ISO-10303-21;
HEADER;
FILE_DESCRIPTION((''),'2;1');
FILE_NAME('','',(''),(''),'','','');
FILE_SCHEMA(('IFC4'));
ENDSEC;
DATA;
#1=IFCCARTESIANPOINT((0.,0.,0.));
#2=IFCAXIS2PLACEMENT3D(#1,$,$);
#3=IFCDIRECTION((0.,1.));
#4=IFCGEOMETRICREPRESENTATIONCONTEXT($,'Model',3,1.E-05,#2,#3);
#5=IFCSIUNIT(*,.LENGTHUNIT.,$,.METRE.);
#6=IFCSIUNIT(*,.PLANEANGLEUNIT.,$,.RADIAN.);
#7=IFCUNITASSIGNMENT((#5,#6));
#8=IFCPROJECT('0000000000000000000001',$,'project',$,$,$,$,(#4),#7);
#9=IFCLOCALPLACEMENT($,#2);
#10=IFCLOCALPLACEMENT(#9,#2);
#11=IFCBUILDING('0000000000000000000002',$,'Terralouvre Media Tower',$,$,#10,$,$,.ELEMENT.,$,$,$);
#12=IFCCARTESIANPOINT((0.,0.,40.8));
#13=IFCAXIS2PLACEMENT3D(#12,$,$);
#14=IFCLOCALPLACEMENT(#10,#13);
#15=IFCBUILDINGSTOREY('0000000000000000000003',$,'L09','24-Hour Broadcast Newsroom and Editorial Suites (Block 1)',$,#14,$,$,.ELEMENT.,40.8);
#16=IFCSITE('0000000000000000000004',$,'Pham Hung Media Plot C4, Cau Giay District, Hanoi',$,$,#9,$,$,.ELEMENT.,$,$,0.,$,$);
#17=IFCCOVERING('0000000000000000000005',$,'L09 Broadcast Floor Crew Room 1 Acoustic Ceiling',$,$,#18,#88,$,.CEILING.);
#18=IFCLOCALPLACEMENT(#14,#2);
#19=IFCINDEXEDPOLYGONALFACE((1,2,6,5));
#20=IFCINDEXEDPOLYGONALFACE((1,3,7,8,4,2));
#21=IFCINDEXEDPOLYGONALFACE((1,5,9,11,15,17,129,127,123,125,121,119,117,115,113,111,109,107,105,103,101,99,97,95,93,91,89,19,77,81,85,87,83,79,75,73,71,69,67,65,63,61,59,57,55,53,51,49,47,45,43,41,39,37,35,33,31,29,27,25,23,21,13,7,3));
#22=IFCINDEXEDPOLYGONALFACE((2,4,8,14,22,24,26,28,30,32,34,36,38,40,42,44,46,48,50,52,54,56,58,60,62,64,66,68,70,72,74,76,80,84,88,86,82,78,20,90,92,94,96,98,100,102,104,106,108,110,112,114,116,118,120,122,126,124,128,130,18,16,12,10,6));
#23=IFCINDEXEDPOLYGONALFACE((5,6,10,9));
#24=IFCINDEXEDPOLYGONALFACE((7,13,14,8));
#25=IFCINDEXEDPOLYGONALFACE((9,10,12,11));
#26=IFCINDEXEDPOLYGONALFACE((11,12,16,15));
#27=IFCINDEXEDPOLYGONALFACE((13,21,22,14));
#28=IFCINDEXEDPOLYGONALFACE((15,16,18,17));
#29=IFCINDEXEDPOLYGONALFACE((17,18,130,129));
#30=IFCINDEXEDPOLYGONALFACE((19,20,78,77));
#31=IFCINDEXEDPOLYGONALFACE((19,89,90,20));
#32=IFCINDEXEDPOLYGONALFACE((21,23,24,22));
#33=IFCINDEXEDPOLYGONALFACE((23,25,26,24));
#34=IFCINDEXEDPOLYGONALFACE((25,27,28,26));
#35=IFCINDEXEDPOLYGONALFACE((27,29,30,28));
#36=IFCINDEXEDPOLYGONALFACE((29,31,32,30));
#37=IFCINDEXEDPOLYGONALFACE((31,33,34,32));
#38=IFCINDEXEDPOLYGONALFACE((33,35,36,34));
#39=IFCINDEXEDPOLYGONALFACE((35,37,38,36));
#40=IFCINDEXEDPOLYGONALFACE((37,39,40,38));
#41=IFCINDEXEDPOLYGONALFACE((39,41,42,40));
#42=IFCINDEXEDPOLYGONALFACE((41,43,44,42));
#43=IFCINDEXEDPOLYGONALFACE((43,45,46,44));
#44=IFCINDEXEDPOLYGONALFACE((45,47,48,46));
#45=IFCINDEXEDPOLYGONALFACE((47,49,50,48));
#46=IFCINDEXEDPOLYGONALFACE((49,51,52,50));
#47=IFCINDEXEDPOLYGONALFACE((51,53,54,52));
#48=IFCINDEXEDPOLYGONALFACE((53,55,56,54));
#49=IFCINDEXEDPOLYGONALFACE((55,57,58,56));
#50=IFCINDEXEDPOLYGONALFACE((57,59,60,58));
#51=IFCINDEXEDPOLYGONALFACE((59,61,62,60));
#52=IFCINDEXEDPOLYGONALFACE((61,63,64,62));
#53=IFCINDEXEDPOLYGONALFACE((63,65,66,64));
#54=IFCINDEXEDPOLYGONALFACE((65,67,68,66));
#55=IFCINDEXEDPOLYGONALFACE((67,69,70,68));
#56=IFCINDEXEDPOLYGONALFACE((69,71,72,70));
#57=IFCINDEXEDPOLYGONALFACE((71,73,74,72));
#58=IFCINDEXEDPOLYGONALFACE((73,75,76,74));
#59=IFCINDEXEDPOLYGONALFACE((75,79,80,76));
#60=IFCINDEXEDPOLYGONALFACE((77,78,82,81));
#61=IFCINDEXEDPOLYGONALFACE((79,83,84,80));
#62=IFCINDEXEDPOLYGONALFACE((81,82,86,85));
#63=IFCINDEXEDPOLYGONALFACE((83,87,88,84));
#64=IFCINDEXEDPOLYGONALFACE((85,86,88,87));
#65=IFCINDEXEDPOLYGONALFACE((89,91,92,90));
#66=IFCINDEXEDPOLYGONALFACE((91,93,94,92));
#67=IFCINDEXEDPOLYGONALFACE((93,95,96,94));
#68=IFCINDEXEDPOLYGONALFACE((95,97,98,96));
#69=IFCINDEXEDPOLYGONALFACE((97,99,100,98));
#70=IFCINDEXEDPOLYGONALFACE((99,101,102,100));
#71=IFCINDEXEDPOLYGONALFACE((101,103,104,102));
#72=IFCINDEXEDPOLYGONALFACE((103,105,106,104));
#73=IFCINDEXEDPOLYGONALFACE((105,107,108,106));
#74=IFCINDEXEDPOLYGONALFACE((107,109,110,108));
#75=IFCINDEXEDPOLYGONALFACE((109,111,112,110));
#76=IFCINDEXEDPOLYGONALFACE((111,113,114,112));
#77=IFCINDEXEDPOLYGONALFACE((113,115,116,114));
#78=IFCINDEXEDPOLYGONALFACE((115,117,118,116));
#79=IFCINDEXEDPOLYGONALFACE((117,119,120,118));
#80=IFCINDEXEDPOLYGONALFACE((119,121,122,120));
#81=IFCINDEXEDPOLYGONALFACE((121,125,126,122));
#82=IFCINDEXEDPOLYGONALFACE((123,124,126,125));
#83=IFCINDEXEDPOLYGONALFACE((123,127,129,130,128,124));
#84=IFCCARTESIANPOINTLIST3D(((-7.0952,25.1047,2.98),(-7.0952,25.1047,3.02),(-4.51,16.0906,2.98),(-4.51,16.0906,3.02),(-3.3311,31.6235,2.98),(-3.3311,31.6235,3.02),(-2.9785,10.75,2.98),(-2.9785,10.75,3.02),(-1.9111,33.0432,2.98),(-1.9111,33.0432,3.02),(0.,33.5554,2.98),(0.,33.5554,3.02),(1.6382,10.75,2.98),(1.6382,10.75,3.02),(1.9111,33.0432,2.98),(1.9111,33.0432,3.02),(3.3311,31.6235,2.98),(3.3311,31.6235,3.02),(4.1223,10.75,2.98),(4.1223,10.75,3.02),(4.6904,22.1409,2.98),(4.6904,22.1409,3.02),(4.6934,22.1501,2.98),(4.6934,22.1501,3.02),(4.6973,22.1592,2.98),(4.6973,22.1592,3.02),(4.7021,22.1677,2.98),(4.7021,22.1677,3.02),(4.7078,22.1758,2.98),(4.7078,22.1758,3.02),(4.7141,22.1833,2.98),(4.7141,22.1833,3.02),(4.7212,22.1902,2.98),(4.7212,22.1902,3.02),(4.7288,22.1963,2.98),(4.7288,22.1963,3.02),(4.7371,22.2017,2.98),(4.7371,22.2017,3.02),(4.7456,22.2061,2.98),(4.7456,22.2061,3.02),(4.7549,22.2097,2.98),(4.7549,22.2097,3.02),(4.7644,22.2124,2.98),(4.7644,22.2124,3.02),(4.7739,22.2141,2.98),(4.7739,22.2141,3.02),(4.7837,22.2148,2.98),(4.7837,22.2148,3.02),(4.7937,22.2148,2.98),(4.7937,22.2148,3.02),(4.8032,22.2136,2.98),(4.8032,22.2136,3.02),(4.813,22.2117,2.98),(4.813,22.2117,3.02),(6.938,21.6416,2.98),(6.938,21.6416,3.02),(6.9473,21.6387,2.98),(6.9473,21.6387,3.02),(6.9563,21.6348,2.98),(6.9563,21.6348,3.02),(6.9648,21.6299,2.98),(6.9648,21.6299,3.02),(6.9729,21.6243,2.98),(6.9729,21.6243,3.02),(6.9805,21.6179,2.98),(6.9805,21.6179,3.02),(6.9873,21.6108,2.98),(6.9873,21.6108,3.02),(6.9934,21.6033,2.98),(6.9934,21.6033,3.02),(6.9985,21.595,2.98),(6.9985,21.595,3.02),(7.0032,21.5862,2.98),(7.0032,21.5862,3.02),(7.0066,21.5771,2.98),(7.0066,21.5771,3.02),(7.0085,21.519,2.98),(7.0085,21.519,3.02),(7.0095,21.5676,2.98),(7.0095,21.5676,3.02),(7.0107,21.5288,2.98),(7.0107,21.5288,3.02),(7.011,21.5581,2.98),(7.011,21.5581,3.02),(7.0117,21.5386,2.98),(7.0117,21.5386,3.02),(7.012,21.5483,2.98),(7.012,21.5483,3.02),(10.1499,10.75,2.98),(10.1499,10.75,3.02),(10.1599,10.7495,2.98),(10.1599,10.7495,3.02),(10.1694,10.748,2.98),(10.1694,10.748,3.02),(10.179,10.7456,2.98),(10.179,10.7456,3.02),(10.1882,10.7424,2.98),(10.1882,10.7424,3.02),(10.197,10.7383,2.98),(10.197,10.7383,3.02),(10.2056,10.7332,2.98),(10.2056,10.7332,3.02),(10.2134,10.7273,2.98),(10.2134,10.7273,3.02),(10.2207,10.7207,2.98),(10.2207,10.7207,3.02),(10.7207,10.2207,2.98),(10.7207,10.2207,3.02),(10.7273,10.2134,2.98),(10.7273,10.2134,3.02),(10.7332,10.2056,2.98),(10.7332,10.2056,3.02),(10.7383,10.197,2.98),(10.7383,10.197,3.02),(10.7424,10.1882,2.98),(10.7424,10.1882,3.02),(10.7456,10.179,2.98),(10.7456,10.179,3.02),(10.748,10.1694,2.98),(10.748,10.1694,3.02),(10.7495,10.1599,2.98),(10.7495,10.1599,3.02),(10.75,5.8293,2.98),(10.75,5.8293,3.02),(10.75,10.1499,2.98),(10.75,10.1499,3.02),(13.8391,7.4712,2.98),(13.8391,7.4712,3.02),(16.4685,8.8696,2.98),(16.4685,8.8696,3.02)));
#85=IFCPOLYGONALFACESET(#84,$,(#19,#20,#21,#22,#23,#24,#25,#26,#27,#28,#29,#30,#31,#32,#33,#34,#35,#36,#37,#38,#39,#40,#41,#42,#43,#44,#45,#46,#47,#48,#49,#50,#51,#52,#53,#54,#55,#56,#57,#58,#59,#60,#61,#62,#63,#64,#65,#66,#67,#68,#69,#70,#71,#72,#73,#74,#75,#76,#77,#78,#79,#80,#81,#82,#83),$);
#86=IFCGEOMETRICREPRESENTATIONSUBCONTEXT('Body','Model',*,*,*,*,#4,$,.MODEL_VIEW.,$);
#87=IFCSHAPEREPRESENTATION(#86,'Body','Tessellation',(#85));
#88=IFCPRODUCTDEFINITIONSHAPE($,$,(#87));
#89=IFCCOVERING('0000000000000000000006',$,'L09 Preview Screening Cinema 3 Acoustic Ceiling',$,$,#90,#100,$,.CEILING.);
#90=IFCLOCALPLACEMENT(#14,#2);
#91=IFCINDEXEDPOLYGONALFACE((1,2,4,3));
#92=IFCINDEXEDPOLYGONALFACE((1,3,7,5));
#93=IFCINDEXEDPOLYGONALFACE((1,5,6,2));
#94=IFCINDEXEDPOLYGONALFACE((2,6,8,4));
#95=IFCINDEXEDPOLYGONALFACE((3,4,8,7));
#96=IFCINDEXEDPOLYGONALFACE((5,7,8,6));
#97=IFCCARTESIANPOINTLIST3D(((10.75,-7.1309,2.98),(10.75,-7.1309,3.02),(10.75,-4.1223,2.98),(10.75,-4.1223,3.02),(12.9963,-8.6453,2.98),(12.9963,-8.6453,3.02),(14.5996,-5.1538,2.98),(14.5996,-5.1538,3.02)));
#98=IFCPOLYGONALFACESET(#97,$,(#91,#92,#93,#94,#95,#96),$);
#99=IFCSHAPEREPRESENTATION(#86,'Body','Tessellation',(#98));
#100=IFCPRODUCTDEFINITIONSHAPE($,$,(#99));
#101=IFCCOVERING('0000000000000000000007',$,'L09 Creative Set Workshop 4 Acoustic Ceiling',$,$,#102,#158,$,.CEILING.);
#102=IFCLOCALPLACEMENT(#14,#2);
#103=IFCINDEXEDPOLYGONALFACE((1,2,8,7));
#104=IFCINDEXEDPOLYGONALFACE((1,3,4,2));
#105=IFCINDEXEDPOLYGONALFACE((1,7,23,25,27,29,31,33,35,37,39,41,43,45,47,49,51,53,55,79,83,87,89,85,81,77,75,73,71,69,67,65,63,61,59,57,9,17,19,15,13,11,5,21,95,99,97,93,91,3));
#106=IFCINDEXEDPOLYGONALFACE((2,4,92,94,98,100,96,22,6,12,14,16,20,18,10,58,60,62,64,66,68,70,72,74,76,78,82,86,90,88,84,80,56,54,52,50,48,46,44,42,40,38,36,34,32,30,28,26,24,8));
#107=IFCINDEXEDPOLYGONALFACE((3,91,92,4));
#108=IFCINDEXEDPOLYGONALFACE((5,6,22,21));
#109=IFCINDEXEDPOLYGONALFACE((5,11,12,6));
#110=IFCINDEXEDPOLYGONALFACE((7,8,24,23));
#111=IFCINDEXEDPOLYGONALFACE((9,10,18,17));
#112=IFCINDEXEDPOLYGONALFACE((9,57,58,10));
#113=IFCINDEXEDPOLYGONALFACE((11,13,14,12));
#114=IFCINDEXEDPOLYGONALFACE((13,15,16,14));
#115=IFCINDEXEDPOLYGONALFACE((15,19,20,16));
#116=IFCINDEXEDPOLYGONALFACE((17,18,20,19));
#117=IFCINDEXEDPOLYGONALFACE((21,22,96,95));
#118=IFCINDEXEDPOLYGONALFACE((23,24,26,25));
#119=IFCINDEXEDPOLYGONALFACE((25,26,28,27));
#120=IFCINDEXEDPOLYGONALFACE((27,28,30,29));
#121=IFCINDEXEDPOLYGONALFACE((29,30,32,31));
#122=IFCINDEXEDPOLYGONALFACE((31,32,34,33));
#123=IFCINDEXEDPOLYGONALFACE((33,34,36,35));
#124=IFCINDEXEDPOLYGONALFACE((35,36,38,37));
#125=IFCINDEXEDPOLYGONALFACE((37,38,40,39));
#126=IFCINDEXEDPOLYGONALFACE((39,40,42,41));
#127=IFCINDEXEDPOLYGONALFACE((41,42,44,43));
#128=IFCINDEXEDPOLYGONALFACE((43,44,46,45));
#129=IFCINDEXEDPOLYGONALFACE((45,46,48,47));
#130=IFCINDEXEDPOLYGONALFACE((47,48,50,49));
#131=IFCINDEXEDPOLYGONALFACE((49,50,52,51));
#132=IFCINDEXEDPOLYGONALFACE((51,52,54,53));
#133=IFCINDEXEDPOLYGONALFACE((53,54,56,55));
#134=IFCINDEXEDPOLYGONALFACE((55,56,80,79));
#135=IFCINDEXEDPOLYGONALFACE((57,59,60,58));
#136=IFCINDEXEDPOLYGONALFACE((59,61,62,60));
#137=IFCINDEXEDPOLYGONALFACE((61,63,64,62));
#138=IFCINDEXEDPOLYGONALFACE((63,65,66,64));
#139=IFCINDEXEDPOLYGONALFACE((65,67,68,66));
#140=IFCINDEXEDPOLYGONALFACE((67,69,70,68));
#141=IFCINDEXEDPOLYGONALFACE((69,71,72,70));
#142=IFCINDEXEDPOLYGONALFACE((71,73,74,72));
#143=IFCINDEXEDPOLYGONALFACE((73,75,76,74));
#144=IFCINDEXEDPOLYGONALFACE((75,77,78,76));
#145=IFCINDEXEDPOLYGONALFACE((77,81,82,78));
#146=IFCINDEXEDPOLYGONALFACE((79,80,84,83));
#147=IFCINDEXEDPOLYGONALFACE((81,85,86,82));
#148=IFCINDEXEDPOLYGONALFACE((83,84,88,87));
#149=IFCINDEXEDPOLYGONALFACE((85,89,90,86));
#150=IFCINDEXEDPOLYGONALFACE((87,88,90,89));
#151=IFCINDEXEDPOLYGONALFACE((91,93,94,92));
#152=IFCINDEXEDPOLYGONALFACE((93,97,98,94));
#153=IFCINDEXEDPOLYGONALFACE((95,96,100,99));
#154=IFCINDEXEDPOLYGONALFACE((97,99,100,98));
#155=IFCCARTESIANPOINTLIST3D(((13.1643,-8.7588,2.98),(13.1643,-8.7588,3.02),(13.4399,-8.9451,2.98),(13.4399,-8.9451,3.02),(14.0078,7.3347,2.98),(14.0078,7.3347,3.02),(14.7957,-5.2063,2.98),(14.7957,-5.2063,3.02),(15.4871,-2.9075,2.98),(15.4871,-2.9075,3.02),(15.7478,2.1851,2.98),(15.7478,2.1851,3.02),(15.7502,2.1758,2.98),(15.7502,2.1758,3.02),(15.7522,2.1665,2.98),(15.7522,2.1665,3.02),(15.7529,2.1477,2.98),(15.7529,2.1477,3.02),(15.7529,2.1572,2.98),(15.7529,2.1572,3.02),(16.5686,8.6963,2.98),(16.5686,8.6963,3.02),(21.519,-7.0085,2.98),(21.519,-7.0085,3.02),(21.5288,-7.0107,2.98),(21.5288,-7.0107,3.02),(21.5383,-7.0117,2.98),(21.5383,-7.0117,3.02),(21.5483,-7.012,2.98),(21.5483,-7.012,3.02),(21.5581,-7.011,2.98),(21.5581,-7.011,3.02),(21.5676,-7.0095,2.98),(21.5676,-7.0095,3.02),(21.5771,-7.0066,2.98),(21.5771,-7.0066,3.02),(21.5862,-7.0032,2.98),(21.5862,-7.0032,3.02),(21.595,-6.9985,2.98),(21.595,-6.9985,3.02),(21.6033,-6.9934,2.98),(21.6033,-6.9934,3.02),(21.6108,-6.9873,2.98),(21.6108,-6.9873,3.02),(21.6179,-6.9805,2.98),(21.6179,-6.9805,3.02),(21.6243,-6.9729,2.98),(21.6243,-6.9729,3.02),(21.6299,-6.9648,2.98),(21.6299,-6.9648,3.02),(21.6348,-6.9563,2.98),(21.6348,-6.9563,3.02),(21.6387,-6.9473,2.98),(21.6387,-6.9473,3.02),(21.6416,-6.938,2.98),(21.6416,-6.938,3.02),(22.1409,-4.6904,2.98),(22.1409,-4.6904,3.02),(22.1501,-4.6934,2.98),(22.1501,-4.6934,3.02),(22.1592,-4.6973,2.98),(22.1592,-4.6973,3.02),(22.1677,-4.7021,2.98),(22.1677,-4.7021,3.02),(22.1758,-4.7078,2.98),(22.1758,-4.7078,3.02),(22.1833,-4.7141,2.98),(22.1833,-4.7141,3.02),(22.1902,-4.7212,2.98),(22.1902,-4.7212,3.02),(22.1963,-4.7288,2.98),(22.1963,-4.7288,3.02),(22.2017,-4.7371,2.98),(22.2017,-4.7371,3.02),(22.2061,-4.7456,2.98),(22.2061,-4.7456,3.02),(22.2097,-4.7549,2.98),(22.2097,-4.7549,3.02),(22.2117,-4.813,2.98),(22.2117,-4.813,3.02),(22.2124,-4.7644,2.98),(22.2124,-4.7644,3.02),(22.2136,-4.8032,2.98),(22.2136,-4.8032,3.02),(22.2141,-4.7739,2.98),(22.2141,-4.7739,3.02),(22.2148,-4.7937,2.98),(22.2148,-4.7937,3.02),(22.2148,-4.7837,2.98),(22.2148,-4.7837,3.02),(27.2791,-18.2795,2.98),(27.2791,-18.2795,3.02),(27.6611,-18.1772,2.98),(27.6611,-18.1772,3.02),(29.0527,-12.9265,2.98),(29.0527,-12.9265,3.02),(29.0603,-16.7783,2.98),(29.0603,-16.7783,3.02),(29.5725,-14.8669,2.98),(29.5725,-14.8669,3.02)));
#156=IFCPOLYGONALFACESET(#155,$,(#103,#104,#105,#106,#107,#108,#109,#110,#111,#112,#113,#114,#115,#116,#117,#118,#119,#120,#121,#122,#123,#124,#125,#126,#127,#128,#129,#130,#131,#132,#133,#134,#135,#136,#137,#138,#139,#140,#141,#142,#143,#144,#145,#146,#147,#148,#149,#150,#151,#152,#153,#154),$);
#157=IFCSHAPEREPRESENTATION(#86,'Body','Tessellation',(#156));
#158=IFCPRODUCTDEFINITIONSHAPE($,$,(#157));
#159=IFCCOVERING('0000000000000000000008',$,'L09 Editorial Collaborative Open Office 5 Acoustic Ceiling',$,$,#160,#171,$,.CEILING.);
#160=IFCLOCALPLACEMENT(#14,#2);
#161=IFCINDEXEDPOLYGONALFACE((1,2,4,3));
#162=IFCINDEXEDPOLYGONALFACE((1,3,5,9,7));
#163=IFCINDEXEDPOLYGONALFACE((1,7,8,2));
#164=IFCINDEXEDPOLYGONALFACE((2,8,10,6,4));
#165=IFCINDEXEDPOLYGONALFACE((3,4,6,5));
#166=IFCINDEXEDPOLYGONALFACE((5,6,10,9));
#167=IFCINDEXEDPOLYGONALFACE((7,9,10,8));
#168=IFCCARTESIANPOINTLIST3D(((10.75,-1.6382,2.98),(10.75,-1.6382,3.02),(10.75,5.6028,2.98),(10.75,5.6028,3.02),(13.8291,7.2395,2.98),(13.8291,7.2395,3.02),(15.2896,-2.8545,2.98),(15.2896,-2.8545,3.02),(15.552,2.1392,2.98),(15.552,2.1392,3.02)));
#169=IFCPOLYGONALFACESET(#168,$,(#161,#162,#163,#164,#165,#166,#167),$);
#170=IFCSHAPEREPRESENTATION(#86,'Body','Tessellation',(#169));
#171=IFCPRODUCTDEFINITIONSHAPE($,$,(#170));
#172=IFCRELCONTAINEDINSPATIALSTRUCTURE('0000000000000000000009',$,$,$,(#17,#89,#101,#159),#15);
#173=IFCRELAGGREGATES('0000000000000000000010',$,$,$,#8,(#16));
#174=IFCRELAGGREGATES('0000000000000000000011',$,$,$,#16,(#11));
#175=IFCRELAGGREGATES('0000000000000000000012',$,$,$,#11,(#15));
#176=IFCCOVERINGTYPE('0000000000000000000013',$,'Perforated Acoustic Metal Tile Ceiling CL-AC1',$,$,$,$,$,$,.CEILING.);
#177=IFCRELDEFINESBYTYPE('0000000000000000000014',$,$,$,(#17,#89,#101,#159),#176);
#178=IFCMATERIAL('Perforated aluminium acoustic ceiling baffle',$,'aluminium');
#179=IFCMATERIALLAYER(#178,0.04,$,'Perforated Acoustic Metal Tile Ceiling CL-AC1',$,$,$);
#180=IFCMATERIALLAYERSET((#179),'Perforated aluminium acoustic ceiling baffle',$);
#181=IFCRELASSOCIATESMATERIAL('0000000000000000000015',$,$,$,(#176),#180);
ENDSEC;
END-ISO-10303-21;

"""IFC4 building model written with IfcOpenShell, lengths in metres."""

from ifc_helpers import new_model, si_unit, direction, frame, origin, place, context, subcontext, project, spatial, polyline, outline, extrude, material, layer, layer_set, type_object, element, save


model = new_model("IFC4")

# Units and contexts
model_context = context("Model", 3, precision=1e-05, world=origin(), true_north=direction((0.0, 1.0)))
body_context = subcontext(model_context, "Body", "Model", "MODEL_VIEW")
ifc_project = project(units=[si_unit("LENGTHUNIT", "METRE"), si_unit("PLANEANGLEUNIT", "RADIAN")], contexts=[model_context])

# Site, building, storey
site_placement = place(None, origin())
site = spatial("IfcSite", under=ifc_project, at=site_placement, Name="Pham Hung Media Plot C4, Cau Giay District, Hanoi", CompositionType="ELEMENT", RefElevation=0.0)
building_placement = place(site_placement, origin())
building = spatial("IfcBuilding", under=site, at=building_placement, Name="Terralouvre Media Tower", CompositionType="ELEMENT")
storey_placement = place(building_placement, frame((0.0, 0.0, 40.8)))
storey = spatial("IfcBuildingStorey", under=building, at=storey_placement, Name="L09", Description="24-Hour Broadcast Newsroom and Editorial Suites (Block 1)", CompositionType="ELEMENT", Elevation=40.8)

# Coverings
ifc_material_1 = material(Name="Perforated aluminium acoustic ceiling baffle", Category="aluminium")
ifc_layer_1 = layer(ifc_material_1, 0.04, Name="Perforated Acoustic Metal Tile Ceiling CL-AC1")
ifc_layer_set_1 = layer_set([ifc_layer_1], Name="Perforated aluminium acoustic ceiling baffle")
covering_type_1 = type_object("IfcCoveringType", Name="Perforated Acoustic Metal Tile Ceiling CL-AC1", PredefinedType="CEILING", material=ifc_layer_set_1)
covering_1_placement = place(storey_placement, frame((0.0, 0.0, 2.98)))
element("IfcCovering", 1, at=covering_1_placement, inside=storey, type_object=covering_type_1, Name="L09 Broadcast Floor Crew Room 1 Acoustic Ceiling", PredefinedType="CEILING", context=body_context, shape_type="SweptSolid", body=[
    extrude(outline(polyline([(-4.51, 16.0906), (-2.9785, 10.75), (1.6382, 10.75), (4.6904, 22.1409), (4.6934, 22.1501), (4.6973, 22.1592), (4.7021, 22.1677), (4.7078, 22.1758), (4.7141, 22.1833), (4.7212, 22.1902), (4.7288, 22.1963), (4.7371, 22.2017), (4.7456, 22.2061), (4.7549, 22.2097), (4.7644, 22.2124), (4.7739, 22.2141), (4.7837, 22.2148), (4.7937, 22.2148), (4.8032, 22.2136), (4.813, 22.2117), (6.938, 21.6416), (6.9473, 21.6387), (6.9563, 21.6348), (6.9648, 21.6299), (6.9729, 21.6243), (6.9805, 21.6179), (6.9873, 21.6108), (6.9934, 21.6033), (6.9985, 21.595), (7.0032, 21.5862), (7.0066, 21.5771), (7.0095, 21.5676), (7.011, 21.5581), (7.012, 21.5483), (7.0117, 21.5386), (7.0107, 21.5288), (7.0085, 21.519), (4.1223, 10.75), (10.1499, 10.75), (10.1599, 10.7495), (10.1694, 10.748), (10.179, 10.7456), (10.1882, 10.7424), (10.197, 10.7383), (10.2056, 10.7332), (10.2134, 10.7273), (10.2207, 10.7207), (10.7207, 10.2207), (10.7273, 10.2134), (10.7332, 10.2056), (10.7383, 10.197), (10.7424, 10.1882), (10.7456, 10.179), (10.748, 10.1694), (10.7495, 10.1599), (10.75, 10.1499), (10.75, 5.8293), (13.8391, 7.4712), (16.4685, 8.8696), (3.3311, 31.6235), (1.9111, 33.0432), (0.0, 33.5554), (-1.9111, 33.0432), (-3.3311, 31.6235), (-7.0952, 25.1047), (-4.51, 16.0906)])), origin(), (0.0, 0.0, 1.0), 0.04),
])
covering_2_placement = place(storey_placement, frame((0.0, 0.0, 2.98)))
element("IfcCovering", 2, at=covering_2_placement, inside=storey, type_object=covering_type_1, Name="L09 Preview Screening Cinema 3 Acoustic Ceiling", PredefinedType="CEILING", context=body_context, shape_type="SweptSolid", body=[
    extrude(outline(polyline([(14.5996, -5.1538), (10.75, -4.1223), (10.75, -7.1309), (12.9963, -8.6453), (14.5996, -5.1538)])), origin(), (0.0, 0.0, 1.0), 0.04),
])
covering_3_placement = place(storey_placement, frame((0.0, 0.0, 2.98)))
element("IfcCovering", 3, at=covering_3_placement, inside=storey, type_object=covering_type_1, Name="L09 Creative Set Workshop 4 Acoustic Ceiling", PredefinedType="CEILING", context=body_context, shape_type="SweptSolid", body=[
    extrude(outline(polyline([(15.7478, 2.1851), (15.7502, 2.1758), (15.7522, 2.1665), (15.7529, 2.1572), (15.7529, 2.1477), (15.4871, -2.9075), (22.1409, -4.6904), (22.1501, -4.6934), (22.1592, -4.6973), (22.1677, -4.7021), (22.1758, -4.7078), (22.1833, -4.7141), (22.1902, -4.7212), (22.1963, -4.7288), (22.2017, -4.7371), (22.2061, -4.7456), (22.2097, -4.7549), (22.2124, -4.7644), (22.2141, -4.7739), (22.2148, -4.7837), (22.2148, -4.7937), (22.2136, -4.8032), (22.2117, -4.813), (21.6416, -6.938), (21.6387, -6.9473), (21.6348, -6.9563), (21.6299, -6.9648), (21.6243, -6.9729), (21.6179, -6.9805), (21.6108, -6.9873), (21.6033, -6.9934), (21.595, -6.9985), (21.5862, -7.0032), (21.5771, -7.0066), (21.5676, -7.0095), (21.5581, -7.011), (21.5483, -7.012), (21.5383, -7.0117), (21.5288, -7.0107), (21.519, -7.0085), (14.7957, -5.2063), (13.1643, -8.7588), (13.4399, -8.9451), (27.2791, -18.2795), (27.6611, -18.1772), (29.0603, -16.7783), (29.5725, -14.8669), (29.0527, -12.9265), (16.5686, 8.6963), (14.0078, 7.3347), (15.7478, 2.1851)])), origin(), (0.0, 0.0, 1.0), 0.04),
])
covering_4_placement = place(storey_placement, frame((0.0, 0.0, 2.98)))
element("IfcCovering", 4, at=covering_4_placement, inside=storey, type_object=covering_type_1, Name="L09 Editorial Collaborative Open Office 5 Acoustic Ceiling", PredefinedType="CEILING", context=body_context, shape_type="SweptSolid", body=[
    extrude(outline(polyline([(13.8291, 7.2395), (10.75, 5.6028), (10.75, -1.6382), (15.2896, -2.8545), (15.552, 2.1392), (13.8291, 7.2395)])), origin(), (0.0, 0.0, 1.0), 0.04),
])

save(model, "model.ifc")
